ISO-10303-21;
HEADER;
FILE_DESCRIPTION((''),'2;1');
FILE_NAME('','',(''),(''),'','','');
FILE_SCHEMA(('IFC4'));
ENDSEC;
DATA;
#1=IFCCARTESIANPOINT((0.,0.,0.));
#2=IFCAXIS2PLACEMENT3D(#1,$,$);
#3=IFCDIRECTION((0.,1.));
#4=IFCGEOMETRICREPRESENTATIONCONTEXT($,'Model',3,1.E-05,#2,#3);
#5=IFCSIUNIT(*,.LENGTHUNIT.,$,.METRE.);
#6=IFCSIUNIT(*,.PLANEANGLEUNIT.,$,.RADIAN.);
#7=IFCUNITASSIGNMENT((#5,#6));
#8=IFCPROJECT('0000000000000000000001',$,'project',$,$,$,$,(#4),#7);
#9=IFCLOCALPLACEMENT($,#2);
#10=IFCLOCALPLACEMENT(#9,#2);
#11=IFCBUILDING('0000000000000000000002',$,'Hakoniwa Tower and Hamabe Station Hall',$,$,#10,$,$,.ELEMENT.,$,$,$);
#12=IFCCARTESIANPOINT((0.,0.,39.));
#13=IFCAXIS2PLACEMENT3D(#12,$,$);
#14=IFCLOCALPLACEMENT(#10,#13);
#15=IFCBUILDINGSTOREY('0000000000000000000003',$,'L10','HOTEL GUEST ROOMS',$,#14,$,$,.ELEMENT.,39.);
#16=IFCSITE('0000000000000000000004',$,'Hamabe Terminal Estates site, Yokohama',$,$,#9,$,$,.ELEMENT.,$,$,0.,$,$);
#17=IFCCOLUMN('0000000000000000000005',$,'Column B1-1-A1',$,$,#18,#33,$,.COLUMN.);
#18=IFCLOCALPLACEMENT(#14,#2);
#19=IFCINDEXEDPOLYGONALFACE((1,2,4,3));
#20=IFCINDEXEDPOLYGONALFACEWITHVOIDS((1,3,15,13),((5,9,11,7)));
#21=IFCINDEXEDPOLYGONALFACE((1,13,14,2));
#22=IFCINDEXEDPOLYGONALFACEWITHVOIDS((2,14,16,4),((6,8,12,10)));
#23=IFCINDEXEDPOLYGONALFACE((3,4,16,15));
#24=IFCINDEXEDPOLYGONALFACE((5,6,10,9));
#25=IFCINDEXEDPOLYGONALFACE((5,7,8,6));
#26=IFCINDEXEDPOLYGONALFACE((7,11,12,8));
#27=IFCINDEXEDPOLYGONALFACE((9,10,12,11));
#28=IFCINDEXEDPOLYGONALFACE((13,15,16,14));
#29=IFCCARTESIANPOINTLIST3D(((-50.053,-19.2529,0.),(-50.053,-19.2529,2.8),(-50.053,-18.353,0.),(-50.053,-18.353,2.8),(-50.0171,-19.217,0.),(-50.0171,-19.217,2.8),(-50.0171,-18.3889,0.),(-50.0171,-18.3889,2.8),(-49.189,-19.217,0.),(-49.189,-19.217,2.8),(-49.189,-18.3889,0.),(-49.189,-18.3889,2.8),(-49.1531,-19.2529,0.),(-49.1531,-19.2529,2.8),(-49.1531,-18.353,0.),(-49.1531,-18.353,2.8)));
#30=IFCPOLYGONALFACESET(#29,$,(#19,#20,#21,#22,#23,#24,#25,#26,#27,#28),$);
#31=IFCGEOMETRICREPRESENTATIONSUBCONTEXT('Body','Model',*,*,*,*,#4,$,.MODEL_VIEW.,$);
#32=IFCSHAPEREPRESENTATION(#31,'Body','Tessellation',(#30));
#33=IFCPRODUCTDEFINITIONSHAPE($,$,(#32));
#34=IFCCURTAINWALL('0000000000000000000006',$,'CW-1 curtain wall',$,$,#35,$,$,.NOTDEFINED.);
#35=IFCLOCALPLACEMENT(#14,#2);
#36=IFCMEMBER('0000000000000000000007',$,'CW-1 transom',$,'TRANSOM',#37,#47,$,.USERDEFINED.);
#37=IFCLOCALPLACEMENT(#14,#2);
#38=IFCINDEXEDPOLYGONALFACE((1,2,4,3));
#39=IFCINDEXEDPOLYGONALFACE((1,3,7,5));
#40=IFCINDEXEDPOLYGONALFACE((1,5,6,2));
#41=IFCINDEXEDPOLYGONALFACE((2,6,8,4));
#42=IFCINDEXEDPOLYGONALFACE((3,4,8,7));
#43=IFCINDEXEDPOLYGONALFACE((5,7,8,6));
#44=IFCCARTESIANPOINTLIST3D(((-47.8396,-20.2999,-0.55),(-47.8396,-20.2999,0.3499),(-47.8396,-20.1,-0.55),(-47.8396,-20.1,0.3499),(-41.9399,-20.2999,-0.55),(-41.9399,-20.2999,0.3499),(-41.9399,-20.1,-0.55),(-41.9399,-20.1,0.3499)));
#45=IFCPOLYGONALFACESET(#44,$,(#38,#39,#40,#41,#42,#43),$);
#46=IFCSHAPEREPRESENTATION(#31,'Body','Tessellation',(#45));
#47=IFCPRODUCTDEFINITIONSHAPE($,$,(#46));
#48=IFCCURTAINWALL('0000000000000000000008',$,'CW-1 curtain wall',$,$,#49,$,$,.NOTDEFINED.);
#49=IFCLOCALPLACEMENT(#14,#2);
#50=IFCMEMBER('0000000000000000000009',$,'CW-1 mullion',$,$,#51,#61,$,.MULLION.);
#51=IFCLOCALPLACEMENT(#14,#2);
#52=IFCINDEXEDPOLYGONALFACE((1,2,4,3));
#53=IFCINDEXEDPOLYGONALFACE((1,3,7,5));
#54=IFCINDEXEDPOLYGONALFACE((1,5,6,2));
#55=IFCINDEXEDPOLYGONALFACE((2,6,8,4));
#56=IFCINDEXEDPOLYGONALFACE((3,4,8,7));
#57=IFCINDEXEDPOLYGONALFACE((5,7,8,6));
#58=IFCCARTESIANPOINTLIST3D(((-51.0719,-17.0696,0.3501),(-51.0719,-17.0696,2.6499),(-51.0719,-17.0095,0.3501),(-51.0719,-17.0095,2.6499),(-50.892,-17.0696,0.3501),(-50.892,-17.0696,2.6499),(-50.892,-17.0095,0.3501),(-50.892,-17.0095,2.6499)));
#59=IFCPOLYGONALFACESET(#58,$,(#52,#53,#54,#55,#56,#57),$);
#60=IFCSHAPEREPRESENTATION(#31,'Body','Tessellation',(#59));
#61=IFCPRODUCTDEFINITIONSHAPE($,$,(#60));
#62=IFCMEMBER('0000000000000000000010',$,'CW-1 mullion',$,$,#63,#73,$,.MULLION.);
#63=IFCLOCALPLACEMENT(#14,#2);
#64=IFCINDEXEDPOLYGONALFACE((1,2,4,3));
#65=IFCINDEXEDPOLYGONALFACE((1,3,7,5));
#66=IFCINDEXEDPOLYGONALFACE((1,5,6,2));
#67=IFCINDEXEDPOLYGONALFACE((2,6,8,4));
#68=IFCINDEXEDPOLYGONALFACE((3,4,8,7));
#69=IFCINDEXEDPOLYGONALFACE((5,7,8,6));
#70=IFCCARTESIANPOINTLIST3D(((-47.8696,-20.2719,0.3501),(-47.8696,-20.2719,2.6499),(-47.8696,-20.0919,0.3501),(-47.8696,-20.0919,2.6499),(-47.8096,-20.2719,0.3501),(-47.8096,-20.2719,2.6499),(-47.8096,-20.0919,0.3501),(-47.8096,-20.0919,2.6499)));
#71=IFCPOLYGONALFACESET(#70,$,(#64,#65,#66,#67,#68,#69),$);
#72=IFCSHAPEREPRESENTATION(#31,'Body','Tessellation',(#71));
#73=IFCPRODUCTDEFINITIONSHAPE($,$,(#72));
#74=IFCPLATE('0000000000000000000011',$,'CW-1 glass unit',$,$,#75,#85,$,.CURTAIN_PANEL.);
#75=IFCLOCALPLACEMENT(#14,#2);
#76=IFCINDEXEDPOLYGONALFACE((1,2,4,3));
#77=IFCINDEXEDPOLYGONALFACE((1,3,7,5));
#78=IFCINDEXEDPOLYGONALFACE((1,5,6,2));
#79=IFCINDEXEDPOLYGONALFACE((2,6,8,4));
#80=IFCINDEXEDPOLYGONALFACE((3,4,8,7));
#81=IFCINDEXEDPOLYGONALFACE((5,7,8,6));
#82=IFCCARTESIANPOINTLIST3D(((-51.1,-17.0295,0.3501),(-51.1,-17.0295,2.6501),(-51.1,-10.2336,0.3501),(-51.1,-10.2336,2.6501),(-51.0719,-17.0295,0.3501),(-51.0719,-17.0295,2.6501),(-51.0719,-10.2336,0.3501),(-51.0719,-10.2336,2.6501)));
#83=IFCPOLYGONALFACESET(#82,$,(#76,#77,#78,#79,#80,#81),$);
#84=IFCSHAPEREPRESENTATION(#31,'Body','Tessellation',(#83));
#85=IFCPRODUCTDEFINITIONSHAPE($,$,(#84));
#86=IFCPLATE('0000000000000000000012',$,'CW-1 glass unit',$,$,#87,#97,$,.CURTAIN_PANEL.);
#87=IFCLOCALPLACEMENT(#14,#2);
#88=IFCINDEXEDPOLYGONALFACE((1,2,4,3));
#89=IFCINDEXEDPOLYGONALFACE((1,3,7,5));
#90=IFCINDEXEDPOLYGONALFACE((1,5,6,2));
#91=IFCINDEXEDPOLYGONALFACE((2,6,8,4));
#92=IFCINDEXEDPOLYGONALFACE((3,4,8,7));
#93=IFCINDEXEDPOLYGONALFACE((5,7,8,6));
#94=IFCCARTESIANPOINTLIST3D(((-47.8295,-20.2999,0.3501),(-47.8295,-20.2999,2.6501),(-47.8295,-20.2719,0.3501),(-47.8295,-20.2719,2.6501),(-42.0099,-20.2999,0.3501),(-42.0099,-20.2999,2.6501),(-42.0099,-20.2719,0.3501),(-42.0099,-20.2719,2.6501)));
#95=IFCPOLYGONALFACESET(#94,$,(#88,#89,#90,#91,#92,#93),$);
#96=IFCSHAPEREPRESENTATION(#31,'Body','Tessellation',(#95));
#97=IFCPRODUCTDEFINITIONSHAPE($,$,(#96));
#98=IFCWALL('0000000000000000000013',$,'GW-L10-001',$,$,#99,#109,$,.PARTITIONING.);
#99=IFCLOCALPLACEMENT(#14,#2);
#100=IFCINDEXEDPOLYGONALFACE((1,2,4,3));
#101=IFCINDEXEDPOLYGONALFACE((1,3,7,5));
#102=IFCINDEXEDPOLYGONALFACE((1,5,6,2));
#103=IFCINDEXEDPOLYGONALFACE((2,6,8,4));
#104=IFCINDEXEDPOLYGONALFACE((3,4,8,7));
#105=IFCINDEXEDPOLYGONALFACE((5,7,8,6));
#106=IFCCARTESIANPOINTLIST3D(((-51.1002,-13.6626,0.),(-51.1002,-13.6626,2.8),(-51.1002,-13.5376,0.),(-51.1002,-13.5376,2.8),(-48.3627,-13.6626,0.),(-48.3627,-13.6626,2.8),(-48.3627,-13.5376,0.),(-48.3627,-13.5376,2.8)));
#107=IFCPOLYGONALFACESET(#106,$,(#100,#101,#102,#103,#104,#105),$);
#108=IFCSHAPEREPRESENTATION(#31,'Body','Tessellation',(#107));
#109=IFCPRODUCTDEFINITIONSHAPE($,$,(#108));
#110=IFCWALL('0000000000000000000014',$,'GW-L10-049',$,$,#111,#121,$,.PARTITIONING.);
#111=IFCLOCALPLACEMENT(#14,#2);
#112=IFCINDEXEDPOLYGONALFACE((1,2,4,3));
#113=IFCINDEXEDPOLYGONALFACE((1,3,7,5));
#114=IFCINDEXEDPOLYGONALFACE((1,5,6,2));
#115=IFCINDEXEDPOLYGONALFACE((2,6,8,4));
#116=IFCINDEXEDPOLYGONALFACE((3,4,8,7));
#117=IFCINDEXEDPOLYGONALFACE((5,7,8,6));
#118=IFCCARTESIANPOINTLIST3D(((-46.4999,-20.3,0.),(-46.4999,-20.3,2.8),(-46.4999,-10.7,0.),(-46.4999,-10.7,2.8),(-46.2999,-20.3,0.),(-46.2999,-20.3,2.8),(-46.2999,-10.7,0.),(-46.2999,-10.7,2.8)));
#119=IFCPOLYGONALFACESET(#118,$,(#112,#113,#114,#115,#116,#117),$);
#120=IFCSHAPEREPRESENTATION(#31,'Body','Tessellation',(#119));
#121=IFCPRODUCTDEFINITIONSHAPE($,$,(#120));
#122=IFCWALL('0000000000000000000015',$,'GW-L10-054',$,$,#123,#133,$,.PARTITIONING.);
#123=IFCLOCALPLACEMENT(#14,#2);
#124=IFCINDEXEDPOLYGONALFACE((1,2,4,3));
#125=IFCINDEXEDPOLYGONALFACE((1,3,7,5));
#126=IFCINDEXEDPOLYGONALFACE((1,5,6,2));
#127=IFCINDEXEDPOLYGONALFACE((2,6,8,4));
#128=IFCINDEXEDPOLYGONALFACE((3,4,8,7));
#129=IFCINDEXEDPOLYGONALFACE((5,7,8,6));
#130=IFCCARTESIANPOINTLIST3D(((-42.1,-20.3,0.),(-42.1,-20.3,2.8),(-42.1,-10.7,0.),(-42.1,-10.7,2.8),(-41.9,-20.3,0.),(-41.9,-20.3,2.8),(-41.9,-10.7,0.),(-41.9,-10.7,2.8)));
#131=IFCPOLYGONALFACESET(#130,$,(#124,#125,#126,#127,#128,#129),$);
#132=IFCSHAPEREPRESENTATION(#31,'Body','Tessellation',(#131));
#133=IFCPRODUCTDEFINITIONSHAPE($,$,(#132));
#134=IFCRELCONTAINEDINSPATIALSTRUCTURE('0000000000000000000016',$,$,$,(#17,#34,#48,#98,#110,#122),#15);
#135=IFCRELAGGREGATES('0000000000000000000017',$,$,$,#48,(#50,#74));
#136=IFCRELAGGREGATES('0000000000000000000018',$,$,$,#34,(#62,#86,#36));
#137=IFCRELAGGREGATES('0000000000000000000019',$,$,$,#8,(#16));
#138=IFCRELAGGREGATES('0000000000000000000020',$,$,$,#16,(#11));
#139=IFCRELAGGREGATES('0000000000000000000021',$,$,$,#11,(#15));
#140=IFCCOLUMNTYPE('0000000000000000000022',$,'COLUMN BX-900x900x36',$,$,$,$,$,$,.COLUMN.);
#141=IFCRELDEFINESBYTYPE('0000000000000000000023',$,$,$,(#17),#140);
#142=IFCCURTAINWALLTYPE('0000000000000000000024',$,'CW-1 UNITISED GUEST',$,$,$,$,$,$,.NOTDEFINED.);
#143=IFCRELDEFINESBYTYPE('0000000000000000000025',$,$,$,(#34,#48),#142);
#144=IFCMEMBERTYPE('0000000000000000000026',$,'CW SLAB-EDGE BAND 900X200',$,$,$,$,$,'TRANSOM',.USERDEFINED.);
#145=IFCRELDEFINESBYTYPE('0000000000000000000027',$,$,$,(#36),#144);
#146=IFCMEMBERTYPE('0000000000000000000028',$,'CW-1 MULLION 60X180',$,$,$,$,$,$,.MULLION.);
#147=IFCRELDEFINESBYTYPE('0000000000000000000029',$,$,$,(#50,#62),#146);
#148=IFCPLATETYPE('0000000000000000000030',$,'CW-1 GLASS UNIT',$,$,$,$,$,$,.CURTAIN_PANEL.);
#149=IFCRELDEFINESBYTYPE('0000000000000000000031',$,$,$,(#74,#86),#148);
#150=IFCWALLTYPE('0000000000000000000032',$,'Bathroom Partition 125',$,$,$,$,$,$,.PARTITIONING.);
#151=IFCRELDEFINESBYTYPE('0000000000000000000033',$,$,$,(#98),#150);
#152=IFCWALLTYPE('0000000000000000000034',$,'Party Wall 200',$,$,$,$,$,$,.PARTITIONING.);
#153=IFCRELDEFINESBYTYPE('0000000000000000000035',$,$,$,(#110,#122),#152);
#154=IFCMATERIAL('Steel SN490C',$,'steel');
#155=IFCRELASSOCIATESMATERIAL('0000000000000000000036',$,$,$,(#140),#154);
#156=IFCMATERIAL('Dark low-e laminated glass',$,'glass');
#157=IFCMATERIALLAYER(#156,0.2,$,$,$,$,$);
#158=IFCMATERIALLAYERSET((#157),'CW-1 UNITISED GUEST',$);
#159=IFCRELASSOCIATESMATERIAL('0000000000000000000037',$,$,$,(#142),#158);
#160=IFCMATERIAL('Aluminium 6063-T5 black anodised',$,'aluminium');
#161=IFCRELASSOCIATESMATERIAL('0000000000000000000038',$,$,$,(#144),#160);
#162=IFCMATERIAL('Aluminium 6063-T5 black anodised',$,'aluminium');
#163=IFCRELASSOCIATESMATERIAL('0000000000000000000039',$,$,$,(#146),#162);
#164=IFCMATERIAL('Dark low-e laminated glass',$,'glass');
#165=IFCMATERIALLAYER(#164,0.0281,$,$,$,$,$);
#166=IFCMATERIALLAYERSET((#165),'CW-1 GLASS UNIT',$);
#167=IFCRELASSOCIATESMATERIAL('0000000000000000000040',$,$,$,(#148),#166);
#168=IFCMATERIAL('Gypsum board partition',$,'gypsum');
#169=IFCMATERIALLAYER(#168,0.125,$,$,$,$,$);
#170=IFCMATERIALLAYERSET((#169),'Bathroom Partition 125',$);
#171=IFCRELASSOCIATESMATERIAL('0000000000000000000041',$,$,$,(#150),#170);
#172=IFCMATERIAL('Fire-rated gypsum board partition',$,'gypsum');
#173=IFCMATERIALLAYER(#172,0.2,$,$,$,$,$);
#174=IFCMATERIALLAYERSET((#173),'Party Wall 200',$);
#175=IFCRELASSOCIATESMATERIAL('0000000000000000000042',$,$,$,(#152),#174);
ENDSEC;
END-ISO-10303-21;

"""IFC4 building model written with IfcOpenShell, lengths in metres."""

from ifc_helpers import new_model, si_unit, direction, frame, frame_2d, origin, origin_2d, place, context, subcontext, project, spatial, rectangle, hollow_rectangle, extrude, material, layer, layer_set, material_profile, profile_set, type_object, element, aggregate, save


model = new_model("IFC4")

# Units and contexts
model_context = context("Model", 3, precision=1e-05, world=origin(), true_north=direction((0.0, 1.0)))
body_context = subcontext(model_context, "Body", "Model", "MODEL_VIEW")
ifc_project = project(units=[si_unit("LENGTHUNIT", "METRE"), si_unit("PLANEANGLEUNIT", "RADIAN")], contexts=[model_context])

# Site, building, storey
site_placement = place(None, origin())
site = spatial("IfcSite", under=ifc_project, at=site_placement, Name="Hamabe Terminal Estates site, Yokohama", CompositionType="ELEMENT", RefElevation=0.0)
building_placement = place(site_placement, origin())
building = spatial("IfcBuilding", under=site, at=building_placement, Name="Hakoniwa Tower and Hamabe Station Hall", CompositionType="ELEMENT")
storey_placement = place(building_placement, frame((0.0, 0.0, 39.0)))
storey = spatial("IfcBuildingStorey", under=building, at=storey_placement, Name="L10", Description="HOTEL GUEST ROOMS", CompositionType="ELEMENT", Elevation=39.0)

# Column
ifc_material_1 = material(Name="Steel SN490C", Category="steel")
ifc_material_profile_1 = material_profile(ifc_material_1, hollow_rectangle(XDim=0.8999, YDim=0.8999, WallThickness=0.0359, at=origin_2d()), Name="BX-900x900x36")
ifc_profile_set_1 = profile_set([ifc_material_profile_1], Name="Steel SN490C")
column_type = type_object("IfcColumnType", Name="COLUMN BX-900x900x36", PredefinedType="COLUMN", material=ifc_profile_set_1)
column_placement = place(storey_placement, frame((-49.603, -18.803, 0.0), z_axis=(0.0, 0.0, 1.0), x_axis=(1.0, 0.0, 0.0)))
element("IfcColumn", 1, at=column_placement, inside=storey, type_object=column_type, Name="Column B1-1-A1", PredefinedType="COLUMN", context=body_context, shape_type="SweptSolid", body=[
    extrude(hollow_rectangle(XDim=0.8999, YDim=0.8999, WallThickness=0.0359, at=origin_2d()), origin(), (0.0, 0.0, 1.0), 2.8),
])

# Curtain walls, members
ifc_material_2 = material(Name="Dark low-e laminated glass", Category="glass")
ifc_layer_1 = layer(ifc_material_2, 0.2)
ifc_layer_set_1 = layer_set([ifc_layer_1], Name="CW-1 UNITISED GUEST")
curtain_wall_type = type_object("IfcCurtainWallType", Name="CW-1 UNITISED GUEST", PredefinedType="NOTDEFINED", material=ifc_layer_set_1)
curtain_wall_1_placement = place(storey_placement, origin())
curtain_wall_1 = element("IfcCurtainWall", 2, at=curtain_wall_1_placement, inside=storey, type_object=curtain_wall_type, Name="CW-1 curtain wall", PredefinedType="NOTDEFINED")
ifc_material_3 = material(Name="Aluminium 6063-T5 black anodised", Category="aluminium")
ifc_material_profile_2 = material_profile(ifc_material_3, rectangle(XDim=0.2, YDim=0.8999, at=origin_2d()), Name="CW SLAB-EDGE BAND 900X200")
ifc_profile_set_2 = profile_set([ifc_material_profile_2], Name="Aluminium 6063-T5 black anodised")
member_type_1 = type_object("IfcMemberType", Name="CW SLAB-EDGE BAND 900X200", ElementType="TRANSOM", PredefinedType="USERDEFINED", material=ifc_profile_set_2)
member_1_placement = place(storey_placement, frame((-47.8396, -20.2, -0.1001), z_axis=(1.0, 0.0, 0.0), x_axis=(0.0, 1.0, 0.0)))
member_1 = element("IfcMember", 3, at=member_1_placement, type_object=member_type_1, Name="CW-1 transom", ObjectType="TRANSOM", PredefinedType="USERDEFINED", context=body_context, shape_type="SweptSolid", body=[
    extrude(rectangle(XDim=0.2, YDim=0.8999, at=origin_2d()), origin(), (0.0, 0.0, 1.0), 5.8997),
])
curtain_wall_2_placement = place(storey_placement, origin())
curtain_wall_2 = element("IfcCurtainWall", 4, at=curtain_wall_2_placement, inside=storey, type_object=curtain_wall_type, Name="CW-1 curtain wall", PredefinedType="NOTDEFINED")
ifc_material_4 = material(Name="Aluminium 6063-T5 black anodised", Category="aluminium")
ifc_material_profile_3 = material_profile(ifc_material_4, rectangle(XDim=0.0601, YDim=0.1799, at=origin_2d()), Name="CW-1 MULLION 60X180")
ifc_profile_set_3 = profile_set([ifc_material_profile_3], Name="Aluminium 6063-T5 black anodised")
member_type_2 = type_object("IfcMemberType", Name="CW-1 MULLION 60X180", PredefinedType="MULLION", material=ifc_profile_set_3)
member_2_placement = place(storey_placement, frame((-50.9819, -17.0396, 0.3501), z_axis=(0.0, 0.0, 1.0), x_axis=(0.0, -1.0, 0.0)))
member_2 = element("IfcMember", 5, at=member_2_placement, type_object=member_type_2, Name="CW-1 mullion", PredefinedType="MULLION", context=body_context, shape_type="SweptSolid", body=[
    extrude(rectangle(XDim=0.0601, YDim=0.1799, at=origin_2d()), origin(), (0.0, 0.0, 1.0), 2.2998),
])

# Member
member_3_placement = place(storey_placement, frame((-47.8396, -20.1819, 0.3501), z_axis=(0.0, 0.0, 1.0), x_axis=(1.0, 0.0, 0.0)))
member_3 = element("IfcMember", 6, at=member_3_placement, type_object=member_type_2, Name="CW-1 mullion", PredefinedType="MULLION", context=body_context, shape_type="SweptSolid", body=[
    extrude(rectangle(XDim=0.0601, YDim=0.1799, at=origin_2d()), origin(), (0.0, 0.0, 1.0), 2.2998),
])

# Plates
ifc_material_5 = material(Name="Dark low-e laminated glass", Category="glass")
ifc_layer_2 = layer(ifc_material_5, 0.0281)
ifc_layer_set_2 = layer_set([ifc_layer_2], Name="CW-1 GLASS UNIT")
plate_type = type_object("IfcPlateType", Name="CW-1 GLASS UNIT", PredefinedType="CURTAIN_PANEL", material=ifc_layer_set_2)
plate_1_placement = place(storey_placement, frame((-51.0859, -13.6316, 0.3501), z_axis=(0.0, 0.0, 1.0), x_axis=(0.0, -1.0, 0.0)))
plate_1 = element("IfcPlate", 7, at=plate_1_placement, type_object=plate_type, Name="CW-1 glass unit", PredefinedType="CURTAIN_PANEL", context=body_context, shape_type="SweptSolid", body=[
    extrude(rectangle(XDim=6.7959, YDim=0.0281, at=origin_2d()), origin(), (0.0, 0.0, 1.0), 2.3),
])
aggregate(curtain_wall_2, [member_2, plate_1])
plate_2_placement = place(storey_placement, frame((-44.9197, -20.2859, 0.3501), z_axis=(0.0, 0.0, 1.0), x_axis=(1.0, 0.0, 0.0)))
plate_2 = element("IfcPlate", 8, at=plate_2_placement, type_object=plate_type, Name="CW-1 glass unit", PredefinedType="CURTAIN_PANEL", context=body_context, shape_type="SweptSolid", body=[
    extrude(rectangle(XDim=5.8196, YDim=0.0281, at=origin_2d()), origin(), (0.0, 0.0, 1.0), 2.3),
])
aggregate(curtain_wall_1, [member_3, plate_2, member_1])

# Walls
ifc_material_6 = material(Name="Gypsum board partition", Category="gypsum")
ifc_layer_3 = layer(ifc_material_6, 0.125)
ifc_layer_set_3 = layer_set([ifc_layer_3], Name="Bathroom Partition 125")
wall_type_1 = type_object("IfcWallType", Name="Bathroom Partition 125", PredefinedType="PARTITIONING", material=ifc_layer_set_3)
wall_placement = place(storey_placement, frame((-51.1001, -13.6001, 0.0), z_axis=(0.0, 0.0, 1.0), x_axis=(1.0, 0.0, 0.0)))
element("IfcWall", 9, at=wall_placement, inside=storey, type_object=wall_type_1, Name="GW-L10-001", PredefinedType="PARTITIONING", context=body_context, shape_type="SweptSolid", body=[
    extrude(rectangle(XDim=2.7375, YDim=0.125, at=frame_2d((1.3687, 0.0))), origin(), (0.0, 0.0, 1.0), 2.8),
])
ifc_material_7 = material(Name="Fire-rated gypsum board partition", Category="gypsum")
ifc_layer_4 = layer(ifc_material_7, 0.2)
ifc_layer_set_4 = layer_set([ifc_layer_4], Name="Party Wall 200")
wall_type_2 = type_object("IfcWallType", Name="Party Wall 200", PredefinedType="PARTITIONING", material=ifc_layer_set_4)
for number, where, z_axis, x_axis, name in (
    (10, (-46.3999, -20.3, 0.0), (0.0, 0.0, 1.0), (0.0, 1.0, 0.0), "GW-L10-049"),
    (11, (-42.0, -20.3, 0.0), (0.0, 0.0, 1.0), (0.0, 1.0, 0.0), "GW-L10-054"),
):
    element("IfcWall", number, at=place(storey_placement, frame(where, z_axis=z_axis, x_axis=x_axis)), inside=storey, type_object=wall_type_2, Name=name, PredefinedType="PARTITIONING", context=body_context, shape_type="SweptSolid", body=[
        extrude(rectangle(XDim=9.6001, YDim=0.2, at=frame_2d((4.8, 0.0))), origin(), (0.0, 0.0, 1.0), 2.8),
    ])

save(model, "model.ifc")
